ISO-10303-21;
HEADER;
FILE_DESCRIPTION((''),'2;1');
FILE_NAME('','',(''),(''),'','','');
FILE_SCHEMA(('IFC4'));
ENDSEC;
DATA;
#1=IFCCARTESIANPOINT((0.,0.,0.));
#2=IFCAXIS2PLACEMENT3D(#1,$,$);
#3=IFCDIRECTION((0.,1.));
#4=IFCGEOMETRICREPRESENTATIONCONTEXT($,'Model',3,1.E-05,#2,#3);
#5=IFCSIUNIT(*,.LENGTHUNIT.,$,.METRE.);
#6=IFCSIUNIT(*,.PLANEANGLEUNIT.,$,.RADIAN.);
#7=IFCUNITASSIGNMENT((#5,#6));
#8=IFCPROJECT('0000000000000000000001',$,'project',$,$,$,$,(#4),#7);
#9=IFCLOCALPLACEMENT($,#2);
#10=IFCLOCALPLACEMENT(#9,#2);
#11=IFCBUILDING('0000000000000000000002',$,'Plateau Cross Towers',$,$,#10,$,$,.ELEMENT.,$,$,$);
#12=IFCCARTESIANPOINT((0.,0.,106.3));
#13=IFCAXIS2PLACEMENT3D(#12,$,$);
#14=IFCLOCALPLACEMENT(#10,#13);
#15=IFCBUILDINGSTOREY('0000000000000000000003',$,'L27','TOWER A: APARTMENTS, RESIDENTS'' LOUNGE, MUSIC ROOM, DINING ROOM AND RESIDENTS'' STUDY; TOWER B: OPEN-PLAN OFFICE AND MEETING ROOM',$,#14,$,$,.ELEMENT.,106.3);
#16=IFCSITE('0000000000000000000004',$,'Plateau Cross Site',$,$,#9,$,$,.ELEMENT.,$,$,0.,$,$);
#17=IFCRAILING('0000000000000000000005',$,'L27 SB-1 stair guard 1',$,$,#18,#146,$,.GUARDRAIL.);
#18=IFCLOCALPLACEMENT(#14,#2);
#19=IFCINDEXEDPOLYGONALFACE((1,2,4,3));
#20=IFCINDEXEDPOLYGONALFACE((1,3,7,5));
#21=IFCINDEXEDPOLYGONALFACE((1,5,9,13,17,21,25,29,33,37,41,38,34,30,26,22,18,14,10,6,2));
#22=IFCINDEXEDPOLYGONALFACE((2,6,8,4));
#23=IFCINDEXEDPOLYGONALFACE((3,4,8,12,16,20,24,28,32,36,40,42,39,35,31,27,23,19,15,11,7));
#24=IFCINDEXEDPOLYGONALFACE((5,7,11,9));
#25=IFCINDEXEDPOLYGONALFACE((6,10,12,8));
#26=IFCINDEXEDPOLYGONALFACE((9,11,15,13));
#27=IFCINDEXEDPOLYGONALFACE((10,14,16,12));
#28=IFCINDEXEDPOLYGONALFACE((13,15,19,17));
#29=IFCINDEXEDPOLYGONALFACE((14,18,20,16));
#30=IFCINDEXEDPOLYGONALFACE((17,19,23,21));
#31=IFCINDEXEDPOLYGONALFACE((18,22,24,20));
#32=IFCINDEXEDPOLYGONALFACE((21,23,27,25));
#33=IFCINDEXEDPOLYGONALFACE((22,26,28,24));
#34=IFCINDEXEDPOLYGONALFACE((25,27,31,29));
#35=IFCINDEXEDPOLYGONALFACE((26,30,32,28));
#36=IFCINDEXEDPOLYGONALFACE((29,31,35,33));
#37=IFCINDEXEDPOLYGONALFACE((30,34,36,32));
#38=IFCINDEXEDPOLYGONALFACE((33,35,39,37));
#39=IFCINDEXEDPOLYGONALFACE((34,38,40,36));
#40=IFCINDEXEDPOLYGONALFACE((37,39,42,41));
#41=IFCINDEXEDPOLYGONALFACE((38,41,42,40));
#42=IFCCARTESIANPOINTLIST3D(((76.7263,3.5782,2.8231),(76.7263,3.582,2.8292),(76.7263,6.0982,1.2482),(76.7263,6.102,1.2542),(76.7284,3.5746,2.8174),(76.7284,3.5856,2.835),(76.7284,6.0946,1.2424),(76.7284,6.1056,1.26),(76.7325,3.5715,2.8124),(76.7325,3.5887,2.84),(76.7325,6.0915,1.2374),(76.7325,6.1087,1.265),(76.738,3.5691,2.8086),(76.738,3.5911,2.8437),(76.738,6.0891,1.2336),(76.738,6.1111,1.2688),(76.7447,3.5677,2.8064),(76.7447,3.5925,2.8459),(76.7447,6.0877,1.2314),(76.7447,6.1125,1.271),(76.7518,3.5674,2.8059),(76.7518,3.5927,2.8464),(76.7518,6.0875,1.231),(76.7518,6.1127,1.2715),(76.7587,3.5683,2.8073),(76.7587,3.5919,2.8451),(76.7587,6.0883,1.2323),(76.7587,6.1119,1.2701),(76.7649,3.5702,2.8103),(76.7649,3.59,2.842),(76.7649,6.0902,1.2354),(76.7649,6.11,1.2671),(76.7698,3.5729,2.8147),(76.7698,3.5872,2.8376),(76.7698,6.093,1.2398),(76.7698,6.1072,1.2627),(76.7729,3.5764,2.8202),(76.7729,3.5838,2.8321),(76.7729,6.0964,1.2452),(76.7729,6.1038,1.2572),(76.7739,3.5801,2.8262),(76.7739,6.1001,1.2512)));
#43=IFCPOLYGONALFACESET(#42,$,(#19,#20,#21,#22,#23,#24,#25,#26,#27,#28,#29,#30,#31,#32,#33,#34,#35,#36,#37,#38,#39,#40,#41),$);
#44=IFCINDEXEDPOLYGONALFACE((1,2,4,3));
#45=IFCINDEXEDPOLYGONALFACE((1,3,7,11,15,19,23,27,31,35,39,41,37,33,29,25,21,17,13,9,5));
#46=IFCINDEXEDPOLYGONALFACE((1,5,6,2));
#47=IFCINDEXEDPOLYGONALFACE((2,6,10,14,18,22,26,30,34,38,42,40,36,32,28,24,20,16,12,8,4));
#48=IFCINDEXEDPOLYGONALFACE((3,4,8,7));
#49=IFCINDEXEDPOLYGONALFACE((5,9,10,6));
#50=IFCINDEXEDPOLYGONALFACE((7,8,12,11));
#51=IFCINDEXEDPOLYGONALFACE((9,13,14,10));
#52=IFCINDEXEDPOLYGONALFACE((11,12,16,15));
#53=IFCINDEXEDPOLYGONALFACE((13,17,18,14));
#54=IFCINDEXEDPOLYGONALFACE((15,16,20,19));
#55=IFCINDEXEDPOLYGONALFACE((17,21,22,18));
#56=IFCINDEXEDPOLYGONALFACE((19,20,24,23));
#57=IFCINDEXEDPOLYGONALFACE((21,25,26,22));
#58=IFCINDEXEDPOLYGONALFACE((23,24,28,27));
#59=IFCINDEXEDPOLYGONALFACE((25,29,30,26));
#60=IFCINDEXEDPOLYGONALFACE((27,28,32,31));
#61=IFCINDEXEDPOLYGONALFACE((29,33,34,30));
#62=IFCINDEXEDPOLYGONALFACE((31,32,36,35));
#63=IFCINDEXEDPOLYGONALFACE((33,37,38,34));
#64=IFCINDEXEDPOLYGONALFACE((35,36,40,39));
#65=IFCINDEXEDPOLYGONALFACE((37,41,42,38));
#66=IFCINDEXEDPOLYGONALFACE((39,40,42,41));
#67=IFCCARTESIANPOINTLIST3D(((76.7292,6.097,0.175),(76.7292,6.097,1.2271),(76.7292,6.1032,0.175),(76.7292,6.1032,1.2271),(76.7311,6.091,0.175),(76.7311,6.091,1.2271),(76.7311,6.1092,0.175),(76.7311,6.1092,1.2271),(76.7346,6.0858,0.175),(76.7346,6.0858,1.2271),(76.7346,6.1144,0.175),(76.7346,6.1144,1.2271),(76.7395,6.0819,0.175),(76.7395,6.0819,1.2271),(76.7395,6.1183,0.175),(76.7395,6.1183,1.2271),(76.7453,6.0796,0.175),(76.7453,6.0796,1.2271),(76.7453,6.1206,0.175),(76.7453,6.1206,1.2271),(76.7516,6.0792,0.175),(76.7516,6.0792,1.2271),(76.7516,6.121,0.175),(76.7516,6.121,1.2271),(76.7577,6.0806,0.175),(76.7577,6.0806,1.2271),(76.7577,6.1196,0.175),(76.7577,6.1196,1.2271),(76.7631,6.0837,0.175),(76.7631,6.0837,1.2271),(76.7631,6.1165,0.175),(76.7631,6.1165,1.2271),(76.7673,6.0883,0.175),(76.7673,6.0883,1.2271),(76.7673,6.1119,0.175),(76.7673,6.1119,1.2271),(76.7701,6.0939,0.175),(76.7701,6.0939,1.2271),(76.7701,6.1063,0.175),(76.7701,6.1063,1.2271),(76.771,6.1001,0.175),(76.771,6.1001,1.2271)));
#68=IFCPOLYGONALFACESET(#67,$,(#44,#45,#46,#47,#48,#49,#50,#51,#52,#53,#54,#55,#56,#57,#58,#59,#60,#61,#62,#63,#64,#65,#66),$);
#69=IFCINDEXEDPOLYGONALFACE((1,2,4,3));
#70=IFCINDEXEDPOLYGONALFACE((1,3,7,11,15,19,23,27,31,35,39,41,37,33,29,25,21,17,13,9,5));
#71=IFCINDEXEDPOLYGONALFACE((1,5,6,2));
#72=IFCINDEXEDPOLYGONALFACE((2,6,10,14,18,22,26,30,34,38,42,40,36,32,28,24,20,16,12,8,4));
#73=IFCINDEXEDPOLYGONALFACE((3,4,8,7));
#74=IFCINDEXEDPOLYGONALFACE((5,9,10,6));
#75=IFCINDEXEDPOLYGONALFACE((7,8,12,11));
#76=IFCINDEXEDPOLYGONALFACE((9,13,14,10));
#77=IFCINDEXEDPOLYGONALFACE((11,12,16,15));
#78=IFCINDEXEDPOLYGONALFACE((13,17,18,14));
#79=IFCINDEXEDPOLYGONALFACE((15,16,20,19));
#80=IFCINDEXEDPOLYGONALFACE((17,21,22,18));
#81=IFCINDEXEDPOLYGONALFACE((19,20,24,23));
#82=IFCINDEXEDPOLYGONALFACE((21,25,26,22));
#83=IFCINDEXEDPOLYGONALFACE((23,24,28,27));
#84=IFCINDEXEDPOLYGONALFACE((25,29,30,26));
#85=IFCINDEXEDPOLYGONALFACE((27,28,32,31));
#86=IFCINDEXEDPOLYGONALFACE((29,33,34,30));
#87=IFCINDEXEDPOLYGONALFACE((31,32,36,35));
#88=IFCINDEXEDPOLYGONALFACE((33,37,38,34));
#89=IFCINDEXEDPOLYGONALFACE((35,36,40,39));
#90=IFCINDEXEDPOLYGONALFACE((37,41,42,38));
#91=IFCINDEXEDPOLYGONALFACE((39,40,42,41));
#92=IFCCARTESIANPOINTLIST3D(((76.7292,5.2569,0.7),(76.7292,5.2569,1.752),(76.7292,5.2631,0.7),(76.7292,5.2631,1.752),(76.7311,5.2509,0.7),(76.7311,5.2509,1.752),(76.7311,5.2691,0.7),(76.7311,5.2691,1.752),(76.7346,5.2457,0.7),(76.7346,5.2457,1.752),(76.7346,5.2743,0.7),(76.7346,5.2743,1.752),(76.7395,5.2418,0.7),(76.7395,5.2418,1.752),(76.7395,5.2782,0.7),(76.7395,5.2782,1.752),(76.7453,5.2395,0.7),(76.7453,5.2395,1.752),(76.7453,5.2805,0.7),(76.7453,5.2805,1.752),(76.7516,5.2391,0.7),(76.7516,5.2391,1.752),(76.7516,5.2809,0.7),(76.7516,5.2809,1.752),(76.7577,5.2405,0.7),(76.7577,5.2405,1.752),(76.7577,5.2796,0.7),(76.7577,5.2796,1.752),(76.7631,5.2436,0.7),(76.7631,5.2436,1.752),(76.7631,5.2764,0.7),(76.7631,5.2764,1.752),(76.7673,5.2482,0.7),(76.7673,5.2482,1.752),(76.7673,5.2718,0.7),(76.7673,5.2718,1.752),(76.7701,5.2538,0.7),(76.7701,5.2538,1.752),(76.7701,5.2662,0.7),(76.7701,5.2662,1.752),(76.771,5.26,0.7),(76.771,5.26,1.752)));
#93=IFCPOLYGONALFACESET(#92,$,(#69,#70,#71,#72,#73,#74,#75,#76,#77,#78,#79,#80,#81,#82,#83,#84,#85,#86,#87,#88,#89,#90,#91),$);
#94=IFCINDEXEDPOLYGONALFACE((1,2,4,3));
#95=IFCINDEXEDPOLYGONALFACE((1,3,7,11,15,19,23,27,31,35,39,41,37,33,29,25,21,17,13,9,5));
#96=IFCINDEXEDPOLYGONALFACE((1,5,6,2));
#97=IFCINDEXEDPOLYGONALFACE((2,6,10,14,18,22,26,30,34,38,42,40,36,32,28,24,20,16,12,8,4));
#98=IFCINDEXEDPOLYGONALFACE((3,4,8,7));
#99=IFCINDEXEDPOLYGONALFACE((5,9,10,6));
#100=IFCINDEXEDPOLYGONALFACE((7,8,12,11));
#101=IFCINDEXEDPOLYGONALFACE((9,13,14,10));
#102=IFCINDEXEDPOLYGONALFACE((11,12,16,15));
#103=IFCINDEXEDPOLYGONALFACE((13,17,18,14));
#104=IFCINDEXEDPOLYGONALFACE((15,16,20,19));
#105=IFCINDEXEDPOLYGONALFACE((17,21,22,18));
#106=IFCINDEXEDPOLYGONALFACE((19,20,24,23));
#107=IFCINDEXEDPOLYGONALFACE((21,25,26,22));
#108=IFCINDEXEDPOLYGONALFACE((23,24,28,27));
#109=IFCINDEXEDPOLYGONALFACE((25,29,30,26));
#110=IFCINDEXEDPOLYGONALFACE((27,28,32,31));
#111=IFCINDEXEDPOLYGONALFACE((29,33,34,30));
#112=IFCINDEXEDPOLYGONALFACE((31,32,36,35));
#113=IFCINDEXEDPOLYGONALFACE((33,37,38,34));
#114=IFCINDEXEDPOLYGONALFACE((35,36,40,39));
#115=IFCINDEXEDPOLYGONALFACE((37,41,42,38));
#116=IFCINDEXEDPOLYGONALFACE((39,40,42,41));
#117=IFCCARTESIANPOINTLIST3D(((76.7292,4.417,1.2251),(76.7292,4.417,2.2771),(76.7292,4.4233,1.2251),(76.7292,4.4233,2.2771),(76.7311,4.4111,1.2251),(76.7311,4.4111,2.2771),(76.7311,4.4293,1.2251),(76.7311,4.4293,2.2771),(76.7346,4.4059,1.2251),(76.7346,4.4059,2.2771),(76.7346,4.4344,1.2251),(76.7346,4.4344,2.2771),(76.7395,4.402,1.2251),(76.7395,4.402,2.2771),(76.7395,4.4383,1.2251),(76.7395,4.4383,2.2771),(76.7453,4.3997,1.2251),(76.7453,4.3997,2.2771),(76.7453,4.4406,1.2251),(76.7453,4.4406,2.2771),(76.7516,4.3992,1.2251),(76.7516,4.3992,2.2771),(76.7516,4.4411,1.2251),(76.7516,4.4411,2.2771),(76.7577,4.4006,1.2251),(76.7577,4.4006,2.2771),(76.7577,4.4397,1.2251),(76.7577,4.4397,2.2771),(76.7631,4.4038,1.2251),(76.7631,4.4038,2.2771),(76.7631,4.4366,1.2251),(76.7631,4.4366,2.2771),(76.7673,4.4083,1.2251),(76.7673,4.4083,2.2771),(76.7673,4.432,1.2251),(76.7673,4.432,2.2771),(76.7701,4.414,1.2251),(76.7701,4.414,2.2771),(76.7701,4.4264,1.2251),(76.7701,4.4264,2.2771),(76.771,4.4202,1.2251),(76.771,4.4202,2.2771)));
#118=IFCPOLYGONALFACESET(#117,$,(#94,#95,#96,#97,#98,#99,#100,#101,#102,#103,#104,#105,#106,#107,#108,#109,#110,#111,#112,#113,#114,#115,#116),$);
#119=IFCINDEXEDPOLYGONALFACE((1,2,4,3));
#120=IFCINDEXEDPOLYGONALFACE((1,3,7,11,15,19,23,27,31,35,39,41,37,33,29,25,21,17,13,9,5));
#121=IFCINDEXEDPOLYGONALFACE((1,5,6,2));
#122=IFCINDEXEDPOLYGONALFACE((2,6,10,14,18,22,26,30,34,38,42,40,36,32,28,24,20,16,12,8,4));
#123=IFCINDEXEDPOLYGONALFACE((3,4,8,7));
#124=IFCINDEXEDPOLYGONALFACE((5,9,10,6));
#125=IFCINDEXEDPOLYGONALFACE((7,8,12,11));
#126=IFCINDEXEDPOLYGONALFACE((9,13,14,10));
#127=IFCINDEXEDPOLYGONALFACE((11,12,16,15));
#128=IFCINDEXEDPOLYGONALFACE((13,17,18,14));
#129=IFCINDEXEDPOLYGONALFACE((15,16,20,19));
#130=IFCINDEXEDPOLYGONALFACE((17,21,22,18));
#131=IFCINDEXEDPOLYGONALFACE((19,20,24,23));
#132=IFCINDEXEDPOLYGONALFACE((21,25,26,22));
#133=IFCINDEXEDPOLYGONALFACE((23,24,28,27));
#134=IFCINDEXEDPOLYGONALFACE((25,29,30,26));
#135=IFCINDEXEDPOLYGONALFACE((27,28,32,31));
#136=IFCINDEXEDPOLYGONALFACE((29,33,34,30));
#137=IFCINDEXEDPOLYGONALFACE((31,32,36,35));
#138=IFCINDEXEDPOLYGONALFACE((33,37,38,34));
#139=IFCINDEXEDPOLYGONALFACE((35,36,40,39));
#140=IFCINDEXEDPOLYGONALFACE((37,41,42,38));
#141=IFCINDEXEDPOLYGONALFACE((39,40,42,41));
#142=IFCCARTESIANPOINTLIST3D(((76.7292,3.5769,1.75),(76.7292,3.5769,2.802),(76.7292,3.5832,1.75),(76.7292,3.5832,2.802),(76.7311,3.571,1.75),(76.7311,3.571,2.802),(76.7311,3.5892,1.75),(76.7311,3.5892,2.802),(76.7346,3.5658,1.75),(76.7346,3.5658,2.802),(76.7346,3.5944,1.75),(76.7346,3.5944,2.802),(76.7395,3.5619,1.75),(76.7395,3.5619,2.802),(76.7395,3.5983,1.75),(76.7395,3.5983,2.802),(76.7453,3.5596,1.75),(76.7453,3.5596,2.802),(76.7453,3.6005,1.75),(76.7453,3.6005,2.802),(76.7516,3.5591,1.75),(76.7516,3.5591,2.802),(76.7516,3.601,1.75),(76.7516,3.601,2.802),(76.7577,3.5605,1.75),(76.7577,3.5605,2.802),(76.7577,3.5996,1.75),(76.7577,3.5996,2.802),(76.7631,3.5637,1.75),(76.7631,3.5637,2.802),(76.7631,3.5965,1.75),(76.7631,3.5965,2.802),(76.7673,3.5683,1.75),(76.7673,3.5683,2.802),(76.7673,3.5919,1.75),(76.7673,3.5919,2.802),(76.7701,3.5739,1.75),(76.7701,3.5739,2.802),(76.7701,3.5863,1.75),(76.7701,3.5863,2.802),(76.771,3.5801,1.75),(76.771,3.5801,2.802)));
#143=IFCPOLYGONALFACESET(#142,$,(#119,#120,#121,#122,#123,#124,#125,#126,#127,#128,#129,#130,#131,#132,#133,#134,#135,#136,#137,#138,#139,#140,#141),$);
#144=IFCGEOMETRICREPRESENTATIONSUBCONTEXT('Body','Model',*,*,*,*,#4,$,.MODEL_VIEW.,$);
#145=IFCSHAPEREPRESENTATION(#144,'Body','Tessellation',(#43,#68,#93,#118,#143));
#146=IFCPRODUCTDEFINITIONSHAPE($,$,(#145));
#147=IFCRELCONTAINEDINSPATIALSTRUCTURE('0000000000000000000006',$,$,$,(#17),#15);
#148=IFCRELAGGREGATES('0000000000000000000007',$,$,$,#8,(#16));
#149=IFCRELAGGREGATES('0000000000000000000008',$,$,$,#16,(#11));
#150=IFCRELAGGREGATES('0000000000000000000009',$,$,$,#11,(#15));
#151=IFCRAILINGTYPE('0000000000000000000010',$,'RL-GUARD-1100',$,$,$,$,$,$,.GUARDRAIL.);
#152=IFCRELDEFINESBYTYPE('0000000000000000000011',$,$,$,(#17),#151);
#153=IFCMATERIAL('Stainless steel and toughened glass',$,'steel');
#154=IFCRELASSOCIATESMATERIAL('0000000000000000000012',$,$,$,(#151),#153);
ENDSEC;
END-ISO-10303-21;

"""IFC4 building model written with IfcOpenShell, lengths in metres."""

from ifc_helpers import new_model, si_unit, direction, frame, origin, origin_2d, place, context, subcontext, project, spatial, circle, extrude, material, type_object, element, save


model = new_model("IFC4")

# Units and contexts
model_context = context("Model", 3, precision=1e-05, world=origin(), true_north=direction((0.0, 1.0)))
body_context = subcontext(model_context, "Body", "Model", "MODEL_VIEW")
ifc_project = project(units=[si_unit("LENGTHUNIT", "METRE"), si_unit("PLANEANGLEUNIT", "RADIAN")], contexts=[model_context])

# Site, building, storey
site_placement = place(None, origin())
site = spatial("IfcSite", under=ifc_project, at=site_placement, Name="Plateau Cross Site", CompositionType="ELEMENT", RefElevation=0.0)
building_placement = place(site_placement, origin())
building = spatial("IfcBuilding", under=site, at=building_placement, Name="Plateau Cross Towers", CompositionType="ELEMENT")
storey_placement = place(building_placement, frame((0.0, 0.0, 106.3)))
storey = spatial("IfcBuildingStorey", under=building, at=storey_placement, Name="L27", Description="TOWER A: APARTMENTS, RESIDENTS' LOUNGE, MUSIC ROOM, DINING ROOM AND RESIDENTS' STUDY; TOWER B: OPEN-PLAN OFFICE AND MEETING ROOM", CompositionType="ELEMENT", Elevation=106.3)

# Railing
ifc_material_1 = material(Name="Stainless steel and toughened glass", Category="steel")
railing_type_1 = type_object("IfcRailingType", Name="RL-GUARD-1100", PredefinedType="GUARDRAIL", material=ifc_material_1)
railing_1_placement = place(storey_placement, frame((76.75, 6.1001, 0.175)))
element("IfcRailing", 1, at=railing_1_placement, inside=storey, type_object=railing_type_1, Name="L27 SB-1 stair guard 1", PredefinedType="GUARDRAIL", context=body_context, shape_type="SweptSolid", body=[
    extrude(circle(Radius=0.0239, at=origin_2d()), frame((0.0, 0.0, 1.0762), z_axis=(0.0, -0.848008, 0.529984), x_axis=(1.0, 0.0, 0.0)), (0.0, 0.0, 1.0), 2.9717),
    extrude(circle(Radius=0.021, at=origin_2d()), origin(), (0.0, 0.0, 1.0), 1.052),
    extrude(circle(Radius=0.021, at=origin_2d()), frame((0.0, -0.8401, 0.5249)), (0.0, 0.0, 1.0), 1.052),
    extrude(circle(Radius=0.021, at=origin_2d()), frame((0.0, -1.6799, 1.05)), (0.0, 0.0, 1.0), 1.052),
    extrude(circle(Radius=0.021, at=origin_2d()), frame((0.0, -2.52, 1.575)), (0.0, 0.0, 1.0), 1.052),
])

save(model, "model.ifc")
